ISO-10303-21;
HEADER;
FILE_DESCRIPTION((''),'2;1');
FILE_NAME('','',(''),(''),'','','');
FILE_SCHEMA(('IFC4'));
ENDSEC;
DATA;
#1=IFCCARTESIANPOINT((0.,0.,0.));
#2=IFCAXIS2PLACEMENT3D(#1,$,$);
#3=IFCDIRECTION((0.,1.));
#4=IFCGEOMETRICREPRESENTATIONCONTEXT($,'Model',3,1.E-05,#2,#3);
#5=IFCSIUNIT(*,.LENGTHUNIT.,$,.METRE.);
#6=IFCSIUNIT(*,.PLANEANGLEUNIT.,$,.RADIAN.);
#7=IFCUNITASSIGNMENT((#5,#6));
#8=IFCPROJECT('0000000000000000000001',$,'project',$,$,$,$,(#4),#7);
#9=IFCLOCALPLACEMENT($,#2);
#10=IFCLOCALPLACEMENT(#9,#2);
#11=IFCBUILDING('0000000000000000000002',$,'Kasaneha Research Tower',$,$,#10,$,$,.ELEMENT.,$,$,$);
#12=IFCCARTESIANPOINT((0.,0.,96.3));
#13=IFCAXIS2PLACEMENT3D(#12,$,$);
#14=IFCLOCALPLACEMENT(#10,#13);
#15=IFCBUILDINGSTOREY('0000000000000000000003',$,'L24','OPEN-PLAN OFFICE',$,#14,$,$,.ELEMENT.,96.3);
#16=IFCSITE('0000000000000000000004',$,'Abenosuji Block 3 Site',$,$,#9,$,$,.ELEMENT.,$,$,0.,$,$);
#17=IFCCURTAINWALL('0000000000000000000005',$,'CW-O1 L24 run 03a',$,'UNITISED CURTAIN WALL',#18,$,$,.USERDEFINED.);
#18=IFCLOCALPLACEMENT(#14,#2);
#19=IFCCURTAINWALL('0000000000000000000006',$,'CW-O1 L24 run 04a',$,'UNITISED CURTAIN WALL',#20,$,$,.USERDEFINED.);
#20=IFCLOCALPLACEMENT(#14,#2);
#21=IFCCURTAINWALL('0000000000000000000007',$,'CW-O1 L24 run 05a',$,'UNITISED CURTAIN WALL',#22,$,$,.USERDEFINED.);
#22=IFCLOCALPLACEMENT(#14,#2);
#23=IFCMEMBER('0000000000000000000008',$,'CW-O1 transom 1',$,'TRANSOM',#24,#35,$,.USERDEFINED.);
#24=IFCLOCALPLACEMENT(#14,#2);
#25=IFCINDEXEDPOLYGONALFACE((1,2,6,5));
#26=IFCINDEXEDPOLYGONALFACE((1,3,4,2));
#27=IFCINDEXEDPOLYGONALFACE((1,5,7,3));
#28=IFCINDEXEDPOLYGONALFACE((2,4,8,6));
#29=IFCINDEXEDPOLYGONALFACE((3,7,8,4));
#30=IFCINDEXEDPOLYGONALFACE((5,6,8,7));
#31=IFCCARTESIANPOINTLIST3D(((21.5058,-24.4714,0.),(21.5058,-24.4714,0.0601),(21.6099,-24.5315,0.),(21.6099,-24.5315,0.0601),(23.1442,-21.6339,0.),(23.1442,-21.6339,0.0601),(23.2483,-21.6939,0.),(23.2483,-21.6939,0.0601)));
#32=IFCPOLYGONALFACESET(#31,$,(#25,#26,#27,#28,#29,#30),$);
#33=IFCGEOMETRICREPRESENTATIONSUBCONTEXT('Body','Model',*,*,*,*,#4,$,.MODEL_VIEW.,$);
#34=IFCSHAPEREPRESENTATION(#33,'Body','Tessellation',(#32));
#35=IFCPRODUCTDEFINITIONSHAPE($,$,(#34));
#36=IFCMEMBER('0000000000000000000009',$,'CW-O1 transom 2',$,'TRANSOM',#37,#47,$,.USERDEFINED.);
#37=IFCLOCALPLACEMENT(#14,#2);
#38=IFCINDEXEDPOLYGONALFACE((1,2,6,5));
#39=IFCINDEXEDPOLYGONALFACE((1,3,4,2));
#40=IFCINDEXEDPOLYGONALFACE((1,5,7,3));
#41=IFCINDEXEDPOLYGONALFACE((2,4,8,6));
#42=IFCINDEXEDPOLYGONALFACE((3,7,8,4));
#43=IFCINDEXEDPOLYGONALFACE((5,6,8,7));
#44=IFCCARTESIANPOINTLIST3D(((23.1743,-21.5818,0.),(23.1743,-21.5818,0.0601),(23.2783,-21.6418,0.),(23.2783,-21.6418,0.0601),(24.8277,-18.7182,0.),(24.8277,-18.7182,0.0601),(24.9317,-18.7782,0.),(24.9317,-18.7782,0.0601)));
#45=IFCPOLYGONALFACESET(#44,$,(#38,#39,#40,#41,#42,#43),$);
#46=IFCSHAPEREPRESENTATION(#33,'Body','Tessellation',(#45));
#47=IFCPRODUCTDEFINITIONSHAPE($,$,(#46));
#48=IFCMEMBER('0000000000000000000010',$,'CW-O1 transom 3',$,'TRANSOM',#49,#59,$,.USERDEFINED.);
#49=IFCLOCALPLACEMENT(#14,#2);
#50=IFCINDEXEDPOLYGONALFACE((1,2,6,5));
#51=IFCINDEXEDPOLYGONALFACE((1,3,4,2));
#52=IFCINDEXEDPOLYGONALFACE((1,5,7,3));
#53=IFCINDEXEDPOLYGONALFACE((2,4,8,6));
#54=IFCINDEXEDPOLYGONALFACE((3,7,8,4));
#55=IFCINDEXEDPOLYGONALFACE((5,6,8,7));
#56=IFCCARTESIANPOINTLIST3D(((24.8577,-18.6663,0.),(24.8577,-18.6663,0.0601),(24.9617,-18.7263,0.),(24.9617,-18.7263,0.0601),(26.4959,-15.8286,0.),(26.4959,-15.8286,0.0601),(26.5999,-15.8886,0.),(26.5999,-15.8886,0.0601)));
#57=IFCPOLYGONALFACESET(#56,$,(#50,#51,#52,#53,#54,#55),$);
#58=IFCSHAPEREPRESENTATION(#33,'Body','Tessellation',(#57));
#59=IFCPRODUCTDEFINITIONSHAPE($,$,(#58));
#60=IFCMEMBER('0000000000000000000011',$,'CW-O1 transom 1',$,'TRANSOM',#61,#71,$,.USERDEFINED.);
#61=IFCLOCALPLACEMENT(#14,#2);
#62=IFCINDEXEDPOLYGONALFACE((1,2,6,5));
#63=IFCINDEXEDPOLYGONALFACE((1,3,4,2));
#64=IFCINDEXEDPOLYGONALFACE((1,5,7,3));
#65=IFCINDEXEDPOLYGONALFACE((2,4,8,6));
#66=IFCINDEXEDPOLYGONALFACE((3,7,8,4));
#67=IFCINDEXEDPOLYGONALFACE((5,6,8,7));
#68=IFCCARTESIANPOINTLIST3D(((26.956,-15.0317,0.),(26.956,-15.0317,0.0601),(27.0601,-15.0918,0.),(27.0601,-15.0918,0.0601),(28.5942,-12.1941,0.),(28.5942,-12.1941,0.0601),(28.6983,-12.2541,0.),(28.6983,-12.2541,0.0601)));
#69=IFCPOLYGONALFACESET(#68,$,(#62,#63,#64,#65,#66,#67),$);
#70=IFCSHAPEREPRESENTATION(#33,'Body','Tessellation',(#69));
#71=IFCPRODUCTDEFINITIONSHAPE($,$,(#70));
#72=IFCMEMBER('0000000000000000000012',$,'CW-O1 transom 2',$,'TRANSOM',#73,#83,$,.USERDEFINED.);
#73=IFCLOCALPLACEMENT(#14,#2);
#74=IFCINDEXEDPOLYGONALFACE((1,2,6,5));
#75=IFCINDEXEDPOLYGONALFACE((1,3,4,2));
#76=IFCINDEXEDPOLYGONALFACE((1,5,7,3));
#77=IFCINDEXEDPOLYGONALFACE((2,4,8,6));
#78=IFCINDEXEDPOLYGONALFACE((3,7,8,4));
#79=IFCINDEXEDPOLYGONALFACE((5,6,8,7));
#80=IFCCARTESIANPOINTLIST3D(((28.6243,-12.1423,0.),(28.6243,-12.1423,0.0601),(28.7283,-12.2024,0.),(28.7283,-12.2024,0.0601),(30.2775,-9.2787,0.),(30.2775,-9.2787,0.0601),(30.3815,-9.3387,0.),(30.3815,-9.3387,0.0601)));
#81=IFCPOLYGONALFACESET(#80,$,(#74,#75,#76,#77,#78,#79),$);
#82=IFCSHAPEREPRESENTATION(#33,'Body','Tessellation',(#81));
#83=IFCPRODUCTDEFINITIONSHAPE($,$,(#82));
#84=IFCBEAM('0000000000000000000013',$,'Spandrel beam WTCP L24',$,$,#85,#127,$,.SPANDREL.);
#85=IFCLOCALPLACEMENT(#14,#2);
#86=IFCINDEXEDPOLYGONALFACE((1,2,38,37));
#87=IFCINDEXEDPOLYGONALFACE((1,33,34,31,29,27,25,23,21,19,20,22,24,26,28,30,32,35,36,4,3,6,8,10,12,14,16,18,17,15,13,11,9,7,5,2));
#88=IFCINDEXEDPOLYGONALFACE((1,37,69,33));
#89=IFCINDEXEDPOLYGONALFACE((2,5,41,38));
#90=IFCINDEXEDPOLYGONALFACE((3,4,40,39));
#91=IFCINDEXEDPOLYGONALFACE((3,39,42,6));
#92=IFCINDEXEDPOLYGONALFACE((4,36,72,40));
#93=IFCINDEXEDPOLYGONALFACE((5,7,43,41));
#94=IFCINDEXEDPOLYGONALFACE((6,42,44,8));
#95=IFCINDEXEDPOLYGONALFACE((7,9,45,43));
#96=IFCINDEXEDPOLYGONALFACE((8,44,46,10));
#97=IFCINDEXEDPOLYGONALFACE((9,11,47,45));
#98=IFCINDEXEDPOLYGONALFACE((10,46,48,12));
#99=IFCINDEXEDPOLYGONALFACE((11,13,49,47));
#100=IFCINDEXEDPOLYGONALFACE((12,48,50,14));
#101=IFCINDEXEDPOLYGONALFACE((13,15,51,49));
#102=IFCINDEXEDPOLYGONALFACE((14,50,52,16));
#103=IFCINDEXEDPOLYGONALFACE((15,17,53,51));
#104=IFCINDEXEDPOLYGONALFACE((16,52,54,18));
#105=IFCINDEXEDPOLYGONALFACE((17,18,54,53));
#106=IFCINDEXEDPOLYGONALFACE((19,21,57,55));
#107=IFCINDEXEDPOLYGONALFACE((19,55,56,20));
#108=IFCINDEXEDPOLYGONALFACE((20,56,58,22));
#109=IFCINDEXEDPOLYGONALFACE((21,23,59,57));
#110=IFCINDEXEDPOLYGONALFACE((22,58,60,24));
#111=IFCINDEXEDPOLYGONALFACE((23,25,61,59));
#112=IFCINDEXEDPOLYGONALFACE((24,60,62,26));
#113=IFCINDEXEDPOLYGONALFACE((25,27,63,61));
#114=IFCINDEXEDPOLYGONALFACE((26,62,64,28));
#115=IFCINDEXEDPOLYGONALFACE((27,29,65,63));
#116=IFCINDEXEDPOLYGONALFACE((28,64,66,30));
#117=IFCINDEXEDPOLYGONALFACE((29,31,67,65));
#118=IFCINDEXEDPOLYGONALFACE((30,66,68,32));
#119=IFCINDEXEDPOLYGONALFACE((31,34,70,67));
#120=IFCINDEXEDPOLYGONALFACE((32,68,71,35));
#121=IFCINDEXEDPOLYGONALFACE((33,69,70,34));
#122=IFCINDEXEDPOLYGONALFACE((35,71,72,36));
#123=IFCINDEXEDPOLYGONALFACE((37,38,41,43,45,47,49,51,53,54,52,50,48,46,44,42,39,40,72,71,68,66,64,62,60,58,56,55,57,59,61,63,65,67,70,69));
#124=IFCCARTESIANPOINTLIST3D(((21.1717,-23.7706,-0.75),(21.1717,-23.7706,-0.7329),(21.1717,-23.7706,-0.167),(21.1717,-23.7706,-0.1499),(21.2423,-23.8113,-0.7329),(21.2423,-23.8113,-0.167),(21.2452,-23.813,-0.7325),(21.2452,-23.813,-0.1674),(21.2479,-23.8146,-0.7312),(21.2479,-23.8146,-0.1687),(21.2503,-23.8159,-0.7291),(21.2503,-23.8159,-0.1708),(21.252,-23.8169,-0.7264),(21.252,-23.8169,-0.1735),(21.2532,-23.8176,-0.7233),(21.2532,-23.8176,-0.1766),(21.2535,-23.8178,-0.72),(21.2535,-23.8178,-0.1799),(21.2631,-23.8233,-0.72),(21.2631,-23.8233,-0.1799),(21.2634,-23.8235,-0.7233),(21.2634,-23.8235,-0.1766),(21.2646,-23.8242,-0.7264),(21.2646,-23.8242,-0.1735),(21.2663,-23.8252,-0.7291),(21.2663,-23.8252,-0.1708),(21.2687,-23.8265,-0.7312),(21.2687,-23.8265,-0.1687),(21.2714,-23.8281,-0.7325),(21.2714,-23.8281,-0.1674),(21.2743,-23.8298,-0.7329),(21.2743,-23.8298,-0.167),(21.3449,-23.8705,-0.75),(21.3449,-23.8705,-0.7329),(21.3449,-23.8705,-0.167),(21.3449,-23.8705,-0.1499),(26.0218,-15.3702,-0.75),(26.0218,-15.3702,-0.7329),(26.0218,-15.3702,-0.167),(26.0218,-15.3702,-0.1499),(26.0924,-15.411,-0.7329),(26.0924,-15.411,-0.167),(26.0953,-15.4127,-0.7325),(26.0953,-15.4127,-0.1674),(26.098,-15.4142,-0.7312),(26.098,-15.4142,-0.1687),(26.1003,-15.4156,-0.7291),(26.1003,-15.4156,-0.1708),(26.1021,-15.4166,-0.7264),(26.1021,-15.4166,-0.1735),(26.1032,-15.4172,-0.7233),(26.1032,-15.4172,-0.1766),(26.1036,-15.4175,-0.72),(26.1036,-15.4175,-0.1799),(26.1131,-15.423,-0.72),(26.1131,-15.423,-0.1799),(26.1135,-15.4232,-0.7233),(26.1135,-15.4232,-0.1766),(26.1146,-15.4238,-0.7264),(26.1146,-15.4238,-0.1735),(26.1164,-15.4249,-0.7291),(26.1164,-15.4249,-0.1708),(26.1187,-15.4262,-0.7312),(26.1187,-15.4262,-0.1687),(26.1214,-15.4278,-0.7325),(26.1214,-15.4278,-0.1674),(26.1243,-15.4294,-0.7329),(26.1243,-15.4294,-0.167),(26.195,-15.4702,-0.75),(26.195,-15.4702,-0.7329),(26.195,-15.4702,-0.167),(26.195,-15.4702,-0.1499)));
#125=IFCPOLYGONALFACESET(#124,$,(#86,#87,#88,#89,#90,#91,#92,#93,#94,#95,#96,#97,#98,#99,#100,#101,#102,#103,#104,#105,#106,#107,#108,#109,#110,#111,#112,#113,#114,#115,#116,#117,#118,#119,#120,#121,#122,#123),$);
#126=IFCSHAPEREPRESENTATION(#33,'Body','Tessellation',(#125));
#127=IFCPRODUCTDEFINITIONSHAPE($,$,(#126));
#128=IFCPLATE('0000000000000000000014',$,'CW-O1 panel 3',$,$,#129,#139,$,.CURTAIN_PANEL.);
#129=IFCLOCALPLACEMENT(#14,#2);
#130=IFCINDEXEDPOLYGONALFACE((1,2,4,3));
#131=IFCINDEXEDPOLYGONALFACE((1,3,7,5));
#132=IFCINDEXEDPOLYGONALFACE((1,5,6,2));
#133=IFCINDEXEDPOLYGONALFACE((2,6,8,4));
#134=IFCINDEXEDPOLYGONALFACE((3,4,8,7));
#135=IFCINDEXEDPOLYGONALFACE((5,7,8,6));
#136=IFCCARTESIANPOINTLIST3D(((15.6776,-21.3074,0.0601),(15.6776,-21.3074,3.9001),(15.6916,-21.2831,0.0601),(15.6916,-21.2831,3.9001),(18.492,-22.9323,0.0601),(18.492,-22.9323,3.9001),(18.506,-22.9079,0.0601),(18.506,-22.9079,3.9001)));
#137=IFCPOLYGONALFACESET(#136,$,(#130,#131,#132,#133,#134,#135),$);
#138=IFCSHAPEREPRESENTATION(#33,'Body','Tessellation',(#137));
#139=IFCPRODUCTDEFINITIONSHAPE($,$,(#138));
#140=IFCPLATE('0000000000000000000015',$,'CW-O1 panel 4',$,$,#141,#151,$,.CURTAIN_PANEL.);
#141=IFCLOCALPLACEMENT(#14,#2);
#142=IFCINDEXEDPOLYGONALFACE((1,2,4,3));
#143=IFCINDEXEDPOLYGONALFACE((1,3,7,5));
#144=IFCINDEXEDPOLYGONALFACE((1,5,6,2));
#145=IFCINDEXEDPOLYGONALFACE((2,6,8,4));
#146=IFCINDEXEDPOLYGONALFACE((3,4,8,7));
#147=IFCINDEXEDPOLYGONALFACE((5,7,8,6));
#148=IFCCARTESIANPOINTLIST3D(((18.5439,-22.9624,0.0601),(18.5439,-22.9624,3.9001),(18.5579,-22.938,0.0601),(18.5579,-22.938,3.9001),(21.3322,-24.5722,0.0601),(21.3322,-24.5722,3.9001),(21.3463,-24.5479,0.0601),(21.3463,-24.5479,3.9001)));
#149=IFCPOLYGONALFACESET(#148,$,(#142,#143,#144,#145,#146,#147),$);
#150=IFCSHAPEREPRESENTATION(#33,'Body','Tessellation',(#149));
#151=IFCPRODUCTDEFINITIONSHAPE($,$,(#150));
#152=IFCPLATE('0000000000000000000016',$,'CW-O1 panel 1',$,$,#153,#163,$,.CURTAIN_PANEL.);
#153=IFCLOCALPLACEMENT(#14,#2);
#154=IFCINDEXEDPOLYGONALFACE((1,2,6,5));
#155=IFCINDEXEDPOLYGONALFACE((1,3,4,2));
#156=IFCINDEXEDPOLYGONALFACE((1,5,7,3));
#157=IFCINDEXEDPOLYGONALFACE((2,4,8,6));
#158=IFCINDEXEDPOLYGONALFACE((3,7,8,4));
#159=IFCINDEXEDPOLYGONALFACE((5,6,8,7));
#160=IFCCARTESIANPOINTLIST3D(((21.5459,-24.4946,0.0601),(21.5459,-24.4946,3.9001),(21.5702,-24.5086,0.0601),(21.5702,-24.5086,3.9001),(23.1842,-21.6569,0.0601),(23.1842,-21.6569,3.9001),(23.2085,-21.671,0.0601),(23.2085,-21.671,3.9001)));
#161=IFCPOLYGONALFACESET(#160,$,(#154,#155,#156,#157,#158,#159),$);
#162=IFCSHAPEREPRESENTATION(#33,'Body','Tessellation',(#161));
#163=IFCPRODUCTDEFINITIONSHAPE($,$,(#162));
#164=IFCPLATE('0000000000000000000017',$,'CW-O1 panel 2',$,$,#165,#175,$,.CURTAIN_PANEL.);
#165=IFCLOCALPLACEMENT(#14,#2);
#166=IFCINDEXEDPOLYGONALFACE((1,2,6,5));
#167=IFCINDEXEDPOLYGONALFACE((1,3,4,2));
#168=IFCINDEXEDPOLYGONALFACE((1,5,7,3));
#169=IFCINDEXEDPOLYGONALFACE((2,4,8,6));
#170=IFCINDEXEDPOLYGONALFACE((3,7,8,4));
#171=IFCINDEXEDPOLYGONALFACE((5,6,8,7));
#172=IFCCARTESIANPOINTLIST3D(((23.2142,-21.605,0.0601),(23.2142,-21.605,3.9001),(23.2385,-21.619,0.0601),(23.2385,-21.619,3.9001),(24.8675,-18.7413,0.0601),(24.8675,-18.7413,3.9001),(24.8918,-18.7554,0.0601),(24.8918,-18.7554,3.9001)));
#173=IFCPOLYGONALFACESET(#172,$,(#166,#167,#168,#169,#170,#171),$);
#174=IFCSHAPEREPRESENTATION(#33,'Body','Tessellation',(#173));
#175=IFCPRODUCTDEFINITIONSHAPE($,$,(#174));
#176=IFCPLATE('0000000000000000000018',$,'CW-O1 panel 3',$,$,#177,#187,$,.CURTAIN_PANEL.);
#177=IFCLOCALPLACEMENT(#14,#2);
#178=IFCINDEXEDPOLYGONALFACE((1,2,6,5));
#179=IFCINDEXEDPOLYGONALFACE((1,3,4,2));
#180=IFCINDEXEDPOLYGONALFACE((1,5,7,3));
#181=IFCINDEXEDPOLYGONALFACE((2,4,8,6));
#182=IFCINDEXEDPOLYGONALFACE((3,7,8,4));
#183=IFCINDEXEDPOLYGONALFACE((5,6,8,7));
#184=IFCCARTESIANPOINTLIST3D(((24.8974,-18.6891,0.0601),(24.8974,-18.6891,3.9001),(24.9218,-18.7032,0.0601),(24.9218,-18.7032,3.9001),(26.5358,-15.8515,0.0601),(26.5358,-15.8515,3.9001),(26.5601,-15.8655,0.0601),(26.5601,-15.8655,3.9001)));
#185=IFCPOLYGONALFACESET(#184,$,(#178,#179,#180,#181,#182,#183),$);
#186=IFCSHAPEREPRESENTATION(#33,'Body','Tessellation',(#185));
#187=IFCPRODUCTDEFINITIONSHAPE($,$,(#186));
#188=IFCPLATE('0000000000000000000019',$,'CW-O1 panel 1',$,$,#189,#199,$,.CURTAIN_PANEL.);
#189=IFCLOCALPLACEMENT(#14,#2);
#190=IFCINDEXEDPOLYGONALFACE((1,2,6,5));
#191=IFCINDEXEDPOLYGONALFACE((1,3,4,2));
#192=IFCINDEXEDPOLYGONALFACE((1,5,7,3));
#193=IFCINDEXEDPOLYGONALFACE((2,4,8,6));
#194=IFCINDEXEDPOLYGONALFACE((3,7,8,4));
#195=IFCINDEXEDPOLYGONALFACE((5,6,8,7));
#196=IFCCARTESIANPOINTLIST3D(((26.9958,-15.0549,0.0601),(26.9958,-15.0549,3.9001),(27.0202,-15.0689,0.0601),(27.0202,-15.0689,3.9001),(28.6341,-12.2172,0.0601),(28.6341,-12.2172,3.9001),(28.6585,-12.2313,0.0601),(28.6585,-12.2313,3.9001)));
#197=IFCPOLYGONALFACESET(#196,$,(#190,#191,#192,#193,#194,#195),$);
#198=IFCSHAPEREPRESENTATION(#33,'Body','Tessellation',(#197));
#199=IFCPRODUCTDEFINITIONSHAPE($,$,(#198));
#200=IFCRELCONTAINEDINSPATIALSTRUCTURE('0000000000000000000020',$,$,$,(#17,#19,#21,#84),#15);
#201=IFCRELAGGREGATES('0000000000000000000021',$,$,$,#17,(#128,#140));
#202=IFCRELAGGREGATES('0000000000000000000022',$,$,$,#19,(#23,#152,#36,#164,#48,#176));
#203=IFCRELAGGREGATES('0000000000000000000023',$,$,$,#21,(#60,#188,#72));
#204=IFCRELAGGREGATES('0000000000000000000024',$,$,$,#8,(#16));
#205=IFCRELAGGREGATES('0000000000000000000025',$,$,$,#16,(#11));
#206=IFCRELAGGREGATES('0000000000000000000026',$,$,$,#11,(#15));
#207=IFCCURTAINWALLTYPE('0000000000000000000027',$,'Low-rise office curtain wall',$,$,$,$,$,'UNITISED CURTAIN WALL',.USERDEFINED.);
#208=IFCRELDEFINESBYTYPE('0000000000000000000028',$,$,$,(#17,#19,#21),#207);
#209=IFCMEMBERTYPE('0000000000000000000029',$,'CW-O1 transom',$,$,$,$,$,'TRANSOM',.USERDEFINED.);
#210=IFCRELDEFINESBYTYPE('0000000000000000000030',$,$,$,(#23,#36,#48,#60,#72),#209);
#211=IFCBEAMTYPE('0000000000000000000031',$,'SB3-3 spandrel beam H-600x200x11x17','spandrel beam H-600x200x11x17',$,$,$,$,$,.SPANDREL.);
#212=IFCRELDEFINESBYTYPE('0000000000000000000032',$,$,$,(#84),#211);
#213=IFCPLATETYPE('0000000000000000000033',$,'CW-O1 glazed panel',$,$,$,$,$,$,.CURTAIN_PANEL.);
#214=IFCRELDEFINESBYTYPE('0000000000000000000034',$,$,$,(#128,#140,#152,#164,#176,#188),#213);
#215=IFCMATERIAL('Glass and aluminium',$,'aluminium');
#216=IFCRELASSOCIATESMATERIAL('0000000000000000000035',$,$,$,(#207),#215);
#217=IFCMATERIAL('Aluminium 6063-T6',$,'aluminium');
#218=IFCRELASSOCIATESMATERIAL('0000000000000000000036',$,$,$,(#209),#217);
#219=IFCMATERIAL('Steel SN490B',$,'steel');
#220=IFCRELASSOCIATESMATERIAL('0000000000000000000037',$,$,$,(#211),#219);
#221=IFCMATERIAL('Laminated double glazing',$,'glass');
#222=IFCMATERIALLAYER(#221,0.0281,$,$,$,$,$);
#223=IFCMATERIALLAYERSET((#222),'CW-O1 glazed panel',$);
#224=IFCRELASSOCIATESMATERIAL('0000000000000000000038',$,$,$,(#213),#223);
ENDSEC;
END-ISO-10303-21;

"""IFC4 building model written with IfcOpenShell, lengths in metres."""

from ifc_helpers import new_model, si_unit, direction, frame, origin, origin_2d, place, context, subcontext, project, spatial, rectangle, i_section, extrude, material, layer, layer_set, material_profile, profile_set, type_object, element, aggregate, save


model = new_model("IFC4")

# Units and contexts
model_context = context("Model", 3, precision=1e-05, world=origin(), true_north=direction((0.0, 1.0)))
body_context = subcontext(model_context, "Body", "Model", "MODEL_VIEW")
ifc_project = project(units=[si_unit("LENGTHUNIT", "METRE"), si_unit("PLANEANGLEUNIT", "RADIAN")], contexts=[model_context])

# Site, building, storey
site_placement = place(None, origin())
site = spatial("IfcSite", under=ifc_project, at=site_placement, Name="Abenosuji Block 3 Site", CompositionType="ELEMENT", RefElevation=0.0)
building_placement = place(site_placement, origin())
building = spatial("IfcBuilding", under=site, at=building_placement, Name="Kasaneha Research Tower", CompositionType="ELEMENT")
storey_placement = place(building_placement, frame((0.0, 0.0, 96.3)))
storey = spatial("IfcBuildingStorey", under=building, at=storey_placement, Name="L24", Description="OPEN-PLAN OFFICE", CompositionType="ELEMENT", Elevation=96.3)

# Curtain walls
ifc_material_1 = material(Name="Glass and aluminium", Category="aluminium")
curtain_wall_type = type_object("IfcCurtainWallType", Name="Low-rise office curtain wall", ElementType="UNITISED CURTAIN WALL", PredefinedType="USERDEFINED", material=ifc_material_1)
curtain_wall_1_placement = place(storey_placement, origin())
curtain_wall_1 = element("IfcCurtainWall", 1, at=curtain_wall_1_placement, inside=storey, type_object=curtain_wall_type, Name="CW-O1 L24 run 03a", ObjectType="UNITISED CURTAIN WALL", PredefinedType="USERDEFINED")
curtain_wall_2_placement = place(storey_placement, origin())
curtain_wall_2 = element("IfcCurtainWall", 2, at=curtain_wall_2_placement, inside=storey, type_object=curtain_wall_type, Name="CW-O1 L24 run 04a", ObjectType="UNITISED CURTAIN WALL", PredefinedType="USERDEFINED")
curtain_wall_3_placement = place(storey_placement, origin())
curtain_wall_3 = element("IfcCurtainWall", 3, at=curtain_wall_3_placement, inside=storey, type_object=curtain_wall_type, Name="CW-O1 L24 run 05a", ObjectType="UNITISED CURTAIN WALL", PredefinedType="USERDEFINED")

# Members
ifc_material_2 = material(Name="Aluminium 6063-T6", Category="aluminium")
ifc_material_profile_1 = material_profile(ifc_material_2, rectangle(XDim=0.1201, YDim=0.0601, at=origin_2d()), Name="CW-O1 transom 120x60")
ifc_profile_set_1 = profile_set([ifc_material_profile_1], Name="Aluminium 6063-T6")
member_type_1 = type_object("IfcMemberType", Name="CW-O1 transom", ElementType="TRANSOM", PredefinedType="USERDEFINED", material=ifc_profile_set_1)
member_1_placement = place(storey_placement, frame((21.5579, -24.5015, 0.03), z_axis=(0.500026, 0.866011, 0.0), x_axis=(-0.866011, 0.500026, 0.0)))
member_1 = element("IfcMember", 4, at=member_1_placement, type_object=member_type_1, Name="CW-O1 transom 1", ObjectType="TRANSOM", PredefinedType="USERDEFINED", context=body_context, shape_type="SweptSolid", body=[
    extrude(rectangle(XDim=0.1201, YDim=0.0601, at=origin_2d()), origin(), (0.0, 0.0, 1.0), 3.2766),
])
member_2_placement = place(storey_placement, frame((23.2263, -21.6118, 0.03), z_axis=(0.500014, 0.866017, 0.0), x_axis=(-0.866017, 0.500014, 0.0)))
member_2 = element("IfcMember", 5, at=member_2_placement, type_object=member_type_1, Name="CW-O1 transom 2", ObjectType="TRANSOM", PredefinedType="USERDEFINED", context=body_context, shape_type="SweptSolid", body=[
    extrude(rectangle(XDim=0.1201, YDim=0.0601, at=origin_2d()), origin(), (0.0, 0.0, 1.0), 3.3066),
])
member_3_placement = place(storey_placement, frame((24.9097, -18.6963, 0.03), z_axis=(0.49997, 0.866043, 0.0), x_axis=(-0.866043, 0.49997, 0.0)))
member_3 = element("IfcMember", 6, at=member_3_placement, type_object=member_type_1, Name="CW-O1 transom 3", ObjectType="TRANSOM", PredefinedType="USERDEFINED", context=body_context, shape_type="SweptSolid", body=[
    extrude(rectangle(XDim=0.1201, YDim=0.0601, at=origin_2d()), origin(), (0.0, 0.0, 1.0), 3.2766),
])
member_4_placement = place(storey_placement, frame((27.0081, -15.0618, 0.03), z_axis=(0.49997, 0.866043, 0.0), x_axis=(-0.866043, 0.49997, 0.0)))
member_4 = element("IfcMember", 7, at=member_4_placement, type_object=member_type_1, Name="CW-O1 transom 1", ObjectType="TRANSOM", PredefinedType="USERDEFINED", context=body_context, shape_type="SweptSolid", body=[
    extrude(rectangle(XDim=0.1201, YDim=0.0601, at=origin_2d()), origin(), (0.0, 0.0, 1.0), 3.2766),
])
member_5_placement = place(storey_placement, frame((28.6763, -12.1724, 0.03), z_axis=(0.499982, 0.866036, 0.0), x_axis=(-0.866036, 0.499982, 0.0)))
member_5 = element("IfcMember", 8, at=member_5_placement, type_object=member_type_1, Name="CW-O1 transom 2", ObjectType="TRANSOM", PredefinedType="USERDEFINED", context=body_context, shape_type="SweptSolid", body=[
    extrude(rectangle(XDim=0.1201, YDim=0.0601, at=origin_2d()), origin(), (0.0, 0.0, 1.0), 3.3066),
])

# Beam
ifc_material_3 = material(Name="Steel SN490B", Category="steel")
ifc_material_profile_2 = material_profile(ifc_material_3, i_section(OverallWidth=0.2, OverallDepth=0.6001, WebThickness=0.011, FlangeThickness=0.0171, FilletRadius=0.0129, at=origin_2d()), Name="H-600x200x11x17")
ifc_profile_set_2 = profile_set([ifc_material_profile_2], Name="Steel SN490B")
beam_type_1 = type_object("IfcBeamType", Name="SB3-3 spandrel beam H-600x200x11x17", Description="spandrel beam H-600x200x11x17", PredefinedType="SPANDREL", material=ifc_profile_set_2)
beam_1_placement = place(storey_placement, frame((21.2583, -23.8206, -0.45), z_axis=(0.50001, 0.86602, 0.0), x_axis=(-0.86602, 0.50001, 0.0)))
element("IfcBeam", 9, at=beam_1_placement, inside=storey, type_object=beam_type_1, Name="Spandrel beam WTCP L24", PredefinedType="SPANDREL", context=body_context, shape_type="SweptSolid", body=[
    extrude(i_section(OverallWidth=0.2, OverallDepth=0.6001, WebThickness=0.011, FlangeThickness=0.0171, FilletRadius=0.0129, at=origin_2d()), origin(), (0.0, 0.0, 1.0), 9.7),
])

# Plates
ifc_material_4 = material(Name="Laminated double glazing", Category="glass")
ifc_layer_1 = layer(ifc_material_4, 0.0281)
ifc_layer_set_1 = layer_set([ifc_layer_1], Name="CW-O1 glazed panel")
plate_type = type_object("IfcPlateType", Name="CW-O1 glazed panel", PredefinedType="CURTAIN_PANEL", material=ifc_layer_set_1)
plate_1_placement = place(storey_placement, frame((17.0918, -22.1077, 0.0601), z_axis=(0.0, 0.0, 1.0), x_axis=(0.866025, -0.5, 0.0)))
plate_1 = element("IfcPlate", 10, at=plate_1_placement, type_object=plate_type, Name="CW-O1 panel 3", PredefinedType="CURTAIN_PANEL", context=body_context, shape_type="SweptSolid", body=[
    extrude(rectangle(XDim=3.2498, YDim=0.0281, at=origin_2d()), origin(), (0.0, 0.0, 1.0), 3.8401),
])
plate_2_placement = place(storey_placement, frame((19.9451, -23.7551, 0.0601), z_axis=(0.0, 0.0, 1.0), x_axis=(0.866025, -0.5, 0.0)))
plate_2 = element("IfcPlate", 11, at=plate_2_placement, type_object=plate_type, Name="CW-O1 panel 4", PredefinedType="CURTAIN_PANEL", context=body_context, shape_type="SweptSolid", body=[
    extrude(rectangle(XDim=3.2197, YDim=0.0281, at=origin_2d()), origin(), (0.0, 0.0, 1.0), 3.8401),
])
aggregate(curtain_wall_1, [plate_1, plate_2])
plate_3_placement = place(storey_placement, frame((22.3772, -23.0828, 0.0601), z_axis=(0.0, 0.0, 1.0), x_axis=(0.5, 0.866025, 0.0)))
plate_3 = element("IfcPlate", 12, at=plate_3_placement, type_object=plate_type, Name="CW-O1 panel 1", PredefinedType="CURTAIN_PANEL", context=body_context, shape_type="SweptSolid", body=[
    extrude(rectangle(XDim=3.2766, YDim=0.0281, at=origin_2d()), origin(), (0.0, 0.0, 1.0), 3.8401),
])
plate_4_placement = place(storey_placement, frame((24.053, -20.1802, 0.0601), z_axis=(0.0, 0.0, 1.0), x_axis=(0.5, 0.866025, 0.0)))
plate_4 = element("IfcPlate", 13, at=plate_4_placement, type_object=plate_type, Name="CW-O1 panel 2", PredefinedType="CURTAIN_PANEL", context=body_context, shape_type="SweptSolid", body=[
    extrude(rectangle(XDim=3.3066, YDim=0.0281, at=origin_2d()), origin(), (0.0, 0.0, 1.0), 3.8401),
])
plate_5_placement = place(storey_placement, frame((25.7288, -17.2773, 0.0601), z_axis=(0.0, 0.0, 1.0), x_axis=(0.5, 0.866025, 0.0)))
plate_5 = element("IfcPlate", 14, at=plate_5_placement, type_object=plate_type, Name="CW-O1 panel 3", PredefinedType="CURTAIN_PANEL", context=body_context, shape_type="SweptSolid", body=[
    extrude(rectangle(XDim=3.2766, YDim=0.0281, at=origin_2d()), origin(), (0.0, 0.0, 1.0), 3.8401),
])
aggregate(curtain_wall_2, [member_1, plate_3, member_2, plate_4, member_3, plate_5])
plate_6_placement = place(storey_placement, frame((27.8271, -13.6431, 0.0601), z_axis=(0.0, 0.0, 1.0), x_axis=(0.5, 0.866025, 0.0)))
plate_6 = element("IfcPlate", 15, at=plate_6_placement, type_object=plate_type, Name="CW-O1 panel 1", PredefinedType="CURTAIN_PANEL", context=body_context, shape_type="SweptSolid", body=[
    extrude(rectangle(XDim=3.2766, YDim=0.0281, at=origin_2d()), origin(), (0.0, 0.0, 1.0), 3.8401),
])
aggregate(curtain_wall_3, [member_4, plate_6, member_5])

save(model, "model.ifc")
